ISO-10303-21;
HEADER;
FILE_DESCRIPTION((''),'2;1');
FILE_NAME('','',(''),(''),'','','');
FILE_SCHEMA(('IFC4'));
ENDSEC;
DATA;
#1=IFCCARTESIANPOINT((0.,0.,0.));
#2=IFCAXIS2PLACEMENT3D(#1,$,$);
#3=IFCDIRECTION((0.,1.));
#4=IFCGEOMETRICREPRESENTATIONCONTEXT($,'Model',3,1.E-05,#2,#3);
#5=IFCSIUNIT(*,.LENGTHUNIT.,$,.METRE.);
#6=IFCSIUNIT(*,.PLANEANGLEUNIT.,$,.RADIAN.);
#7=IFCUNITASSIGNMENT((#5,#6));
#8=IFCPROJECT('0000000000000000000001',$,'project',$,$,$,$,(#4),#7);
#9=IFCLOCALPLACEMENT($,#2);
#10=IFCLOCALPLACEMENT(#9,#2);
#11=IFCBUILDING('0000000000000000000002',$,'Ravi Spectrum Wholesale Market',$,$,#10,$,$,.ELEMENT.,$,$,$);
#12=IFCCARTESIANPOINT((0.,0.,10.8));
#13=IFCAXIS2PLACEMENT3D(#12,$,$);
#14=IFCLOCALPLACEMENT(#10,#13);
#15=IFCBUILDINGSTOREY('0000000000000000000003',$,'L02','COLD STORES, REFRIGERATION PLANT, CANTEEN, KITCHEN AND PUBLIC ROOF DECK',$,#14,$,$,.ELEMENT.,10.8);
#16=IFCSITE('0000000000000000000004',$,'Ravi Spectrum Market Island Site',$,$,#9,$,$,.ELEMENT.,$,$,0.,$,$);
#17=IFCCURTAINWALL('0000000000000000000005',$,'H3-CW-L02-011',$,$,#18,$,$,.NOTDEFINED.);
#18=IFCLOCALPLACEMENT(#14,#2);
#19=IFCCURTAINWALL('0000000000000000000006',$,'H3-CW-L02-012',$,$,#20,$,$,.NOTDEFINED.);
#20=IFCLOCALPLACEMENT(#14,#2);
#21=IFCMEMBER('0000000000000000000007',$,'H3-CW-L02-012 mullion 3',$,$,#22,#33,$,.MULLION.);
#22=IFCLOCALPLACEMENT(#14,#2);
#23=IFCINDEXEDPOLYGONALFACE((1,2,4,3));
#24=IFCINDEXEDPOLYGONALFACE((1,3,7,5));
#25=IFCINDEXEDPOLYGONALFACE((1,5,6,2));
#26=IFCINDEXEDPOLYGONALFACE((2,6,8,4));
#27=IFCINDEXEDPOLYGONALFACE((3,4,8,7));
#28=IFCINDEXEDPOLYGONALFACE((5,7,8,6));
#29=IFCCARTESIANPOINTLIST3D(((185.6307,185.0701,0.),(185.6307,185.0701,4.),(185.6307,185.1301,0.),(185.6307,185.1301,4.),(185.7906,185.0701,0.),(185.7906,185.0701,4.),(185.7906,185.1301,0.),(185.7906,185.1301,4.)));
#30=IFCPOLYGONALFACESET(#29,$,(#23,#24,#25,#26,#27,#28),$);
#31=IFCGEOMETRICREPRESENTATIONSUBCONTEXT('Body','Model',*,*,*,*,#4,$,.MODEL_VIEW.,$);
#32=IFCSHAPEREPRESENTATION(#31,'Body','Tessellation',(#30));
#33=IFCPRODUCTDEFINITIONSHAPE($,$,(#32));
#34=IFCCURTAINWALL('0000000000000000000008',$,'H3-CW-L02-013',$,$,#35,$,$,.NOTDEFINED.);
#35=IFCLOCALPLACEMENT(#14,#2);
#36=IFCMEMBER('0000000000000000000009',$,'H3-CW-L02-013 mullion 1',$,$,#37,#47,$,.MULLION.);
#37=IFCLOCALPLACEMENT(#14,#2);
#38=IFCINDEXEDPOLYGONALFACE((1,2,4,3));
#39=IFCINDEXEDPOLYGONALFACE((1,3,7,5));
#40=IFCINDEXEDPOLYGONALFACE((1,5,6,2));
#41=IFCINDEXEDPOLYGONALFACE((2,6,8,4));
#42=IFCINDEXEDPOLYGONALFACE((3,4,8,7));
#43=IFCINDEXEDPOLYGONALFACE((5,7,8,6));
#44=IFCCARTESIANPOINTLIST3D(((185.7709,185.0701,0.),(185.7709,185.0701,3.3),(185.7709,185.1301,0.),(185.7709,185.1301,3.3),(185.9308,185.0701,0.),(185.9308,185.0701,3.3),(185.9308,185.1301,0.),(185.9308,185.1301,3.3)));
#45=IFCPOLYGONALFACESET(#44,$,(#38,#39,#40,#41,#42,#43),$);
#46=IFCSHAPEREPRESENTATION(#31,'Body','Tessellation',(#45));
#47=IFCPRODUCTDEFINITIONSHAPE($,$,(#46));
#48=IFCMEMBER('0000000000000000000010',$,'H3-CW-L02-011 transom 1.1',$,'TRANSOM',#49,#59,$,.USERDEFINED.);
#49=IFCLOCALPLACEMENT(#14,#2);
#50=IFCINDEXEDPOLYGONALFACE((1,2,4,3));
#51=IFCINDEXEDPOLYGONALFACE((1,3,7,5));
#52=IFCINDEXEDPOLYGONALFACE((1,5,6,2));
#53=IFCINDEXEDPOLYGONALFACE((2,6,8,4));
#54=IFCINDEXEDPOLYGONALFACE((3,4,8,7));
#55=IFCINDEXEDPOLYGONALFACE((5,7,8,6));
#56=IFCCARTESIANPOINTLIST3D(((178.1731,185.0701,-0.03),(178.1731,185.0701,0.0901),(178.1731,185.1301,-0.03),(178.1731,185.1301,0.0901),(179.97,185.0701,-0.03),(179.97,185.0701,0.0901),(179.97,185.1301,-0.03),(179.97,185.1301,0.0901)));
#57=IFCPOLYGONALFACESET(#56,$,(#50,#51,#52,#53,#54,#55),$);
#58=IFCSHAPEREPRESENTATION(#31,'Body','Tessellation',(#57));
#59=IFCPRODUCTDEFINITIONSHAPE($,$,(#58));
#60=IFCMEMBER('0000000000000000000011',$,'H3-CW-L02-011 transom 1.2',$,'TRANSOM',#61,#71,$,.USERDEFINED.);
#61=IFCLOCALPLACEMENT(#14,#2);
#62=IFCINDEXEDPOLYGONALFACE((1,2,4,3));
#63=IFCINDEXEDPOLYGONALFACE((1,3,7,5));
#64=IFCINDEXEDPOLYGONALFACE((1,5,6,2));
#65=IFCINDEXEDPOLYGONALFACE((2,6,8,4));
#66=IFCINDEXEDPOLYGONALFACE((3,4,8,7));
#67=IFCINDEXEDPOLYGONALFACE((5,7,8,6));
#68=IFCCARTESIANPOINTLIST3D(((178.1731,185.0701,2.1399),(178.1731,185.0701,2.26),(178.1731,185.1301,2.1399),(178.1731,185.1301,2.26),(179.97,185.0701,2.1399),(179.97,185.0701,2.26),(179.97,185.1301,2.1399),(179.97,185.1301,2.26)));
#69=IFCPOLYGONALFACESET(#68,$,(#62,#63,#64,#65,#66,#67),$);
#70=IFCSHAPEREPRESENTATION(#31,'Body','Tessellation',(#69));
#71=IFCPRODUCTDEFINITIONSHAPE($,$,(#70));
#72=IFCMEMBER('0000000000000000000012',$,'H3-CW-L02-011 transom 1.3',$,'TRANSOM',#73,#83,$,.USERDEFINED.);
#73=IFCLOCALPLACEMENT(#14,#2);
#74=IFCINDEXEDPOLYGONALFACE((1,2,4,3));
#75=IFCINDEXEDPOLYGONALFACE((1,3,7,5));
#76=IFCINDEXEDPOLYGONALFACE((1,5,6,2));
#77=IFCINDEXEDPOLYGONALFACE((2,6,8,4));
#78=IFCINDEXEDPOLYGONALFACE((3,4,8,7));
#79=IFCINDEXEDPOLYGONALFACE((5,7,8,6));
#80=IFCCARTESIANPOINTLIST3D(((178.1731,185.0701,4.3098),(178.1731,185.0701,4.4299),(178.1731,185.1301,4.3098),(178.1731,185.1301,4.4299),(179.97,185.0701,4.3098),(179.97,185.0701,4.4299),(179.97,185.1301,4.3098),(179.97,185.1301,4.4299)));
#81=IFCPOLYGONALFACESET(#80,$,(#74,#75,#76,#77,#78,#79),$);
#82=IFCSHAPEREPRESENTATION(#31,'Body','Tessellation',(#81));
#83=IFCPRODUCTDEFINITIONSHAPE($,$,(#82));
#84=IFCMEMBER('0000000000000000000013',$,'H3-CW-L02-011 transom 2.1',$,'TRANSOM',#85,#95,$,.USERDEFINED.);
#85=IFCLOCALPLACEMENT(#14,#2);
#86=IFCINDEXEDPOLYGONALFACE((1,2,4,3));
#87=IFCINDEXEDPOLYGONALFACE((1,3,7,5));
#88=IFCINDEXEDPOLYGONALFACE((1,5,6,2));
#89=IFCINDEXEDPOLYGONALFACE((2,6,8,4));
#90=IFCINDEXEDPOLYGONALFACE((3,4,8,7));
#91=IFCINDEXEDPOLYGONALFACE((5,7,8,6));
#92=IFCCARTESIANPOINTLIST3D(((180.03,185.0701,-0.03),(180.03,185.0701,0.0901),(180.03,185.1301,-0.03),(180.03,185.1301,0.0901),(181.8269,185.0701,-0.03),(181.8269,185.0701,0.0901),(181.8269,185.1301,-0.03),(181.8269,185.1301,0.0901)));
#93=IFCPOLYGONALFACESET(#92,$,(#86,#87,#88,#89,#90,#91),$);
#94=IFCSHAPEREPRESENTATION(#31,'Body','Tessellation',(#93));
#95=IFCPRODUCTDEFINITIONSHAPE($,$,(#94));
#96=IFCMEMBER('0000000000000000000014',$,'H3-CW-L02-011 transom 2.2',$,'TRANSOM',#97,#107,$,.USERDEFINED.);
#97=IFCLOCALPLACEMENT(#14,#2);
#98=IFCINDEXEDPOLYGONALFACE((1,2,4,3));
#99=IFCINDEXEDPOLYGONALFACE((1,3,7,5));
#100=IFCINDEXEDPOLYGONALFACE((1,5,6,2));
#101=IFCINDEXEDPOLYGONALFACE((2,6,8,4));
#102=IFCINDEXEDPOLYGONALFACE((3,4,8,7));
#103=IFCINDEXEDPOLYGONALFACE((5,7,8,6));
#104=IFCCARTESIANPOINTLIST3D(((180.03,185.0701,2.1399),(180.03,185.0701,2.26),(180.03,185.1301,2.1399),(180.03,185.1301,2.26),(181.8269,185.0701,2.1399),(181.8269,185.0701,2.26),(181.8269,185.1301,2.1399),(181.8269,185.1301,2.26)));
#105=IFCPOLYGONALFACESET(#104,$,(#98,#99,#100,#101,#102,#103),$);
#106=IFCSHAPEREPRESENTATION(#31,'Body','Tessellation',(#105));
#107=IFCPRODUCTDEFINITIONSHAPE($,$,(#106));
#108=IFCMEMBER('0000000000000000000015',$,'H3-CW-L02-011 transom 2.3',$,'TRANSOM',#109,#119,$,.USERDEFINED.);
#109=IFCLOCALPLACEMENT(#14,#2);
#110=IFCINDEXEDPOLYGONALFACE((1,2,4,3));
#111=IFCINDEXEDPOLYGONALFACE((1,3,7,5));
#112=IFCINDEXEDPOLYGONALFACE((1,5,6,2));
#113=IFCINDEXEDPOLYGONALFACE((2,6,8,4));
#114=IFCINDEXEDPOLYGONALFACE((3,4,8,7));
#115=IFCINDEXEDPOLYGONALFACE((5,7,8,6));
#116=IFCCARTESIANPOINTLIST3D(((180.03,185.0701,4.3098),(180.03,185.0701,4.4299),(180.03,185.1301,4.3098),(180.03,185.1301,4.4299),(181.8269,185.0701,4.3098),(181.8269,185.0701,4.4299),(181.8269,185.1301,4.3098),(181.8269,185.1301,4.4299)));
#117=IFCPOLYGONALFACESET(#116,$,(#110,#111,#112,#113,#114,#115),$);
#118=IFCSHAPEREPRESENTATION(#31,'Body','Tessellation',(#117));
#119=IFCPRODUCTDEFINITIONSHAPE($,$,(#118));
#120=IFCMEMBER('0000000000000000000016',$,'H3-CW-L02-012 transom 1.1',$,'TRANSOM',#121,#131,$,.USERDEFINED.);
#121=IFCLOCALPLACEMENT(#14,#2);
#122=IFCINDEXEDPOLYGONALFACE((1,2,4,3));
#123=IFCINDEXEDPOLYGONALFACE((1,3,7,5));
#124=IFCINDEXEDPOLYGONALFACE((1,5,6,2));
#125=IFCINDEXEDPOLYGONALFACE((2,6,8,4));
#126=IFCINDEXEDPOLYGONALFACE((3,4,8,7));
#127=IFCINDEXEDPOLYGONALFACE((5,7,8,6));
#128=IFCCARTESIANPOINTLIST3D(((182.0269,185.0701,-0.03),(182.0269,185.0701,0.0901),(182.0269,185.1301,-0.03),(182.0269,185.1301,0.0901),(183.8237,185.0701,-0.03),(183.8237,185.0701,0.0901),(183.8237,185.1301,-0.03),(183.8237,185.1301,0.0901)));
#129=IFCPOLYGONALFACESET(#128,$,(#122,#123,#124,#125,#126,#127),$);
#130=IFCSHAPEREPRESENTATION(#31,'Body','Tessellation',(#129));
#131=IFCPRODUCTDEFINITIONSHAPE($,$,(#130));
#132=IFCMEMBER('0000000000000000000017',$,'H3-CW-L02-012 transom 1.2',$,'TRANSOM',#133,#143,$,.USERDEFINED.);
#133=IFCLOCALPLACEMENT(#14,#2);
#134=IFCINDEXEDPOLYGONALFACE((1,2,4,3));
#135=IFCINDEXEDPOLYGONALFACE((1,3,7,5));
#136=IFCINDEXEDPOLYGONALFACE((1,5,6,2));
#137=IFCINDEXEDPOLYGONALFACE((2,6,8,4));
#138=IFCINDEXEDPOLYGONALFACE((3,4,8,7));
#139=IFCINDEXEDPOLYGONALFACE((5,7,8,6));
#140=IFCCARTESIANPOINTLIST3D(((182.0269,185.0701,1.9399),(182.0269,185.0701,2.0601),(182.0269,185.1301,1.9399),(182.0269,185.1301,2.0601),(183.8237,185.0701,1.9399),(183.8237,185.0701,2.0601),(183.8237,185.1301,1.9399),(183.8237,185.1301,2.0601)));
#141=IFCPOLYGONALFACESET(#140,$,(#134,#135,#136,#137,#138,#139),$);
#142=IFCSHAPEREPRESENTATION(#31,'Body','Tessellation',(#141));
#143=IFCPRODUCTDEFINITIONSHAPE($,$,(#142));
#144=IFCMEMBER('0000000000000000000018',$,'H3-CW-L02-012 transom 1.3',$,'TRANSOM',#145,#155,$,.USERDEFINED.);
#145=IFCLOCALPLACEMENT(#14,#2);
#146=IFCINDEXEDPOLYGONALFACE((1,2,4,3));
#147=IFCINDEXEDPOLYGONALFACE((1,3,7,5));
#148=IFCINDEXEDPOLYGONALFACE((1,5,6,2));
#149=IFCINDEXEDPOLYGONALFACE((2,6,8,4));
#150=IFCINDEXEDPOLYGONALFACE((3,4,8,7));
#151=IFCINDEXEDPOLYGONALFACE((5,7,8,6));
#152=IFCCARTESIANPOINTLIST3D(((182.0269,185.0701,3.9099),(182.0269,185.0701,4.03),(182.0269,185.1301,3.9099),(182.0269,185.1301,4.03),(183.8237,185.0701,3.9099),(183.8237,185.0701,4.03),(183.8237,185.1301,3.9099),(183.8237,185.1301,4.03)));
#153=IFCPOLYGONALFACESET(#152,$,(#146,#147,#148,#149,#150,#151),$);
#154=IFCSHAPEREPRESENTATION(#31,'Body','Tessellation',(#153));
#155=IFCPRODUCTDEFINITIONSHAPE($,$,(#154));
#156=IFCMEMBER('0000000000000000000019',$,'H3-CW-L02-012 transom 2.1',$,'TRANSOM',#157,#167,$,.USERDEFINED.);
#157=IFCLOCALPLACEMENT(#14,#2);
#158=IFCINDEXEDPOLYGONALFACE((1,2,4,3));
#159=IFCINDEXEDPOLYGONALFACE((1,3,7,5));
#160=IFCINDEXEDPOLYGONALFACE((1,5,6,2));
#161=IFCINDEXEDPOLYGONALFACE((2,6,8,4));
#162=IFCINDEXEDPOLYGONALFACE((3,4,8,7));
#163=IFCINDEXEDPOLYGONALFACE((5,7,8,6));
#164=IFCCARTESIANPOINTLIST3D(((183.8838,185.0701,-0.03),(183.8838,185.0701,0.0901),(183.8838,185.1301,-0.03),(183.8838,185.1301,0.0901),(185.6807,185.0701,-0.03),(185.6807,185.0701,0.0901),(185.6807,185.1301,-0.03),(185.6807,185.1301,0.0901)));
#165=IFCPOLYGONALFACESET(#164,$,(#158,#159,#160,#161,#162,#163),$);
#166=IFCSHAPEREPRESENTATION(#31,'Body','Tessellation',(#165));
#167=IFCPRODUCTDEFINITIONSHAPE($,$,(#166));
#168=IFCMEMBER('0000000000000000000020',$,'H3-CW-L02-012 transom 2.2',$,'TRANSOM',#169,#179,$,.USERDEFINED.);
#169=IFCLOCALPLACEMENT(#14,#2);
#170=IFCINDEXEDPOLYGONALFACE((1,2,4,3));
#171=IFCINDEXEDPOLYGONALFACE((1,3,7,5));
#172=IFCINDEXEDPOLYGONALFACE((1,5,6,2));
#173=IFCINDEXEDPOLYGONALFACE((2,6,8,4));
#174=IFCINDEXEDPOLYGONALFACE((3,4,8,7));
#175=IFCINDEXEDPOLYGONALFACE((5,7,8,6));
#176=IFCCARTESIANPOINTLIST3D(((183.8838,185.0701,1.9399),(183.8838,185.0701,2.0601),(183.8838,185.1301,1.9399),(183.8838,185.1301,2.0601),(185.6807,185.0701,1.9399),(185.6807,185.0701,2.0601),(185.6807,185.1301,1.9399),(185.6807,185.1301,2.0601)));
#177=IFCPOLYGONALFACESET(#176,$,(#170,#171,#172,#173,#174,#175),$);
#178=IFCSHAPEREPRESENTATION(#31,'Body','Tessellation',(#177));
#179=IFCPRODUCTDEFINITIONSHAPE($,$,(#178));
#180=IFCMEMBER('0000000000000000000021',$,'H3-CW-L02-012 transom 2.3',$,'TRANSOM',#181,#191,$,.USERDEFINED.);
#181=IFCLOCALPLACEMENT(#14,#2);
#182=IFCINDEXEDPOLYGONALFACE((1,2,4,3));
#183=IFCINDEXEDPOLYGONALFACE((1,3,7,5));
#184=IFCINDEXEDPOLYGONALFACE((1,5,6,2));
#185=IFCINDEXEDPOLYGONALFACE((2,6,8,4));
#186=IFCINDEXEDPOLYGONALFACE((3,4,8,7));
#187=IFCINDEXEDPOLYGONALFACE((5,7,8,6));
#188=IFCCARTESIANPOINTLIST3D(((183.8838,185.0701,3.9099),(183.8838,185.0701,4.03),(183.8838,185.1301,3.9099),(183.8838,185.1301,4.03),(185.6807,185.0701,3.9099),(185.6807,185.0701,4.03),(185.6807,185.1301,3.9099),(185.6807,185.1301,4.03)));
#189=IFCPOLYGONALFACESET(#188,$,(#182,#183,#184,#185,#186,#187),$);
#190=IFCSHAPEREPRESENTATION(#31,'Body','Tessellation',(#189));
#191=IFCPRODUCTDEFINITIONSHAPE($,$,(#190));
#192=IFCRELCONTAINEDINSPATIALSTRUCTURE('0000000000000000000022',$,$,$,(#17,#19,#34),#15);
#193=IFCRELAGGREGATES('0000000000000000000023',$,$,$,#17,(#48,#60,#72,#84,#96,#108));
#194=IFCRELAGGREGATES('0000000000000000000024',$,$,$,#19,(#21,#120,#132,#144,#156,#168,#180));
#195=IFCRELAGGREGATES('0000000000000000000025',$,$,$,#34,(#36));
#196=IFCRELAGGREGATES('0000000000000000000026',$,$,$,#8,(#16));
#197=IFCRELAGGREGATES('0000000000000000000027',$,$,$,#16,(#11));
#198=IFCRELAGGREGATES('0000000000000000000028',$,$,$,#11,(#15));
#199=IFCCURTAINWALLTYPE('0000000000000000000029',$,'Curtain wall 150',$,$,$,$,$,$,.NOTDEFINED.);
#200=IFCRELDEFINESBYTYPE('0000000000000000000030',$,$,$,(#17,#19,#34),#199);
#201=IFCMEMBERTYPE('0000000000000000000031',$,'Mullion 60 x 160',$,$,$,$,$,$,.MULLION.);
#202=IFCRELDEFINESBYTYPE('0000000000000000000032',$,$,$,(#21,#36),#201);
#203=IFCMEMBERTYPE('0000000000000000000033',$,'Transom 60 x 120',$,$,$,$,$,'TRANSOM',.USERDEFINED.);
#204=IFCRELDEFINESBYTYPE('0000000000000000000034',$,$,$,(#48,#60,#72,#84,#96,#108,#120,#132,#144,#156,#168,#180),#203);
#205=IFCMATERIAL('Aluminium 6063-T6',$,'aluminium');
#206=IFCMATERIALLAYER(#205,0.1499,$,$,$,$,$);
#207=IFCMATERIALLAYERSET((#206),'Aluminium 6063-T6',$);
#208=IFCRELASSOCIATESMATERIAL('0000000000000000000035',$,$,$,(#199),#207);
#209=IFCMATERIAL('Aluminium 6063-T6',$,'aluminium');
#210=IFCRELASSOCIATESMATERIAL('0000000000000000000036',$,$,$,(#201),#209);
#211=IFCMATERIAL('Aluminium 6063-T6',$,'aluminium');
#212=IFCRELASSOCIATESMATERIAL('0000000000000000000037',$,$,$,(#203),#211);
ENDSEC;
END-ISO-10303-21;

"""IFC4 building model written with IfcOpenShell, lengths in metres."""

from ifc_helpers import new_model, si_unit, direction, frame, origin, origin_2d, place, context, subcontext, project, spatial, rectangle, extrude, material, layer, layer_set, material_profile, profile_set, type_object, element, aggregate, save


model = new_model("IFC4")

# Units and contexts
model_context = context("Model", 3, precision=1e-05, world=origin(), true_north=direction((0.0, 1.0)))
body_context = subcontext(model_context, "Body", "Model", "MODEL_VIEW")
ifc_project = project(units=[si_unit("LENGTHUNIT", "METRE"), si_unit("PLANEANGLEUNIT", "RADIAN")], contexts=[model_context])

# Site, building, storey
site_placement = place(None, origin())
site = spatial("IfcSite", under=ifc_project, at=site_placement, Name="Ravi Spectrum Market Island Site", CompositionType="ELEMENT", RefElevation=0.0)
building_placement = place(site_placement, origin())
building = spatial("IfcBuilding", under=site, at=building_placement, Name="Ravi Spectrum Wholesale Market", CompositionType="ELEMENT")
storey_placement = place(building_placement, frame((0.0, 0.0, 10.8)))
storey = spatial("IfcBuildingStorey", under=building, at=storey_placement, Name="L02", Description="COLD STORES, REFRIGERATION PLANT, CANTEEN, KITCHEN AND PUBLIC ROOF DECK", CompositionType="ELEMENT", Elevation=10.8)

# Shared definitions
ifc_material_1 = material(Name="Aluminium 6063-T6", Category="aluminium")
ifc_layer_1 = layer(ifc_material_1, 0.1499)
ifc_layer_set_1 = layer_set([ifc_layer_1], Name="Aluminium 6063-T6")
curtain_wall_type = type_object("IfcCurtainWallType", Name="Curtain wall 150", PredefinedType="NOTDEFINED", material=ifc_layer_set_1)
ifc_material_2 = material(Name="Aluminium 6063-T6", Category="aluminium")
ifc_material_profile_1 = material_profile(ifc_material_2, rectangle(XDim=0.0601, YDim=0.1599, at=origin_2d()))
ifc_profile_set_1 = profile_set([ifc_material_profile_1], Name="Aluminium 6063-T6")
member_type_1 = type_object("IfcMemberType", Name="Mullion 60 x 160", PredefinedType="MULLION", material=ifc_profile_set_1)

# Curtain walls, member
curtain_wall_1_placement = place(storey_placement, origin())
curtain_wall_1 = element("IfcCurtainWall", 1, at=curtain_wall_1_placement, inside=storey, type_object=curtain_wall_type, Name="H3-CW-L02-011", PredefinedType="NOTDEFINED")
curtain_wall_2_placement = place(storey_placement, origin())
curtain_wall_2 = element("IfcCurtainWall", 2, at=curtain_wall_2_placement, inside=storey, type_object=curtain_wall_type, Name="H3-CW-L02-012", PredefinedType="NOTDEFINED")
member_1_placement = place(storey_placement, frame((185.7107, 185.1001, 0.0), z_axis=(0.0, 0.0, 1.0), x_axis=(0.0, 1.0, 0.0)))
member_1 = element("IfcMember", 3, at=member_1_placement, type_object=member_type_1, Name="H3-CW-L02-012 mullion 3", PredefinedType="MULLION", context=body_context, shape_type="SweptSolid", body=[
    extrude(rectangle(XDim=0.0601, YDim=0.1599, at=origin_2d()), origin(), (0.0, 0.0, 1.0), 4.0),
])

# Curtain wall, member
curtain_wall_3_placement = place(storey_placement, origin())
curtain_wall_3 = element("IfcCurtainWall", 4, at=curtain_wall_3_placement, inside=storey, type_object=curtain_wall_type, Name="H3-CW-L02-013", PredefinedType="NOTDEFINED")
member_2_placement = place(storey_placement, frame((185.8508, 185.1001, 0.0), z_axis=(0.0, 0.0, 1.0), x_axis=(0.0, 1.0, 0.0)))
member_2 = element("IfcMember", 5, at=member_2_placement, type_object=member_type_1, Name="H3-CW-L02-013 mullion 1", PredefinedType="MULLION", context=body_context, shape_type="SweptSolid", body=[
    extrude(rectangle(XDim=0.0601, YDim=0.1599, at=origin_2d()), origin(), (0.0, 0.0, 1.0), 3.3),
])

# Members
ifc_material_3 = material(Name="Aluminium 6063-T6", Category="aluminium")
ifc_material_profile_2 = material_profile(ifc_material_3, rectangle(XDim=0.0601, YDim=0.1201, at=origin_2d()))
ifc_profile_set_2 = profile_set([ifc_material_profile_2], Name="Aluminium 6063-T6")
member_type_2 = type_object("IfcMemberType", Name="Transom 60 x 120", ElementType="TRANSOM", PredefinedType="USERDEFINED", material=ifc_profile_set_2)
member_3_placement = place(storey_placement, frame((178.1731, 185.1001, 0.03), z_axis=(1.0, 0.0, 0.0), x_axis=(0.0, 1.0, 0.0)))
member_3 = element("IfcMember", 6, at=member_3_placement, type_object=member_type_2, Name="H3-CW-L02-011 transom 1.1", ObjectType="TRANSOM", PredefinedType="USERDEFINED", context=body_context, shape_type="SweptSolid", body=[
    extrude(rectangle(XDim=0.0601, YDim=0.1201, at=origin_2d()), origin(), (0.0, 0.0, 1.0), 1.7969),
])
member_4_placement = place(storey_placement, frame((178.1731, 185.1001, 2.2), z_axis=(1.0, 0.0, 0.0), x_axis=(0.0, 1.0, 0.0)))
member_4 = element("IfcMember", 7, at=member_4_placement, type_object=member_type_2, Name="H3-CW-L02-011 transom 1.2", ObjectType="TRANSOM", PredefinedType="USERDEFINED", context=body_context, shape_type="SweptSolid", body=[
    extrude(rectangle(XDim=0.0601, YDim=0.1201, at=origin_2d()), origin(), (0.0, 0.0, 1.0), 1.7969),
])
member_5_placement = place(storey_placement, frame((178.1731, 185.1001, 4.3699), z_axis=(1.0, 0.0, 0.0), x_axis=(0.0, 1.0, 0.0)))
member_5 = element("IfcMember", 8, at=member_5_placement, type_object=member_type_2, Name="H3-CW-L02-011 transom 1.3", ObjectType="TRANSOM", PredefinedType="USERDEFINED", context=body_context, shape_type="SweptSolid", body=[
    extrude(rectangle(XDim=0.0601, YDim=0.1201, at=origin_2d()), origin(), (0.0, 0.0, 1.0), 1.7969),
])
member_6_placement = place(storey_placement, frame((180.03, 185.1001, 0.03), z_axis=(1.0, 0.0, 0.0), x_axis=(0.0, 1.0, 0.0)))
member_6 = element("IfcMember", 9, at=member_6_placement, type_object=member_type_2, Name="H3-CW-L02-011 transom 2.1", ObjectType="TRANSOM", PredefinedType="USERDEFINED", context=body_context, shape_type="SweptSolid", body=[
    extrude(rectangle(XDim=0.0601, YDim=0.1201, at=origin_2d()), origin(), (0.0, 0.0, 1.0), 1.7969),
])
member_7_placement = place(storey_placement, frame((180.03, 185.1001, 2.2), z_axis=(1.0, 0.0, 0.0), x_axis=(0.0, 1.0, 0.0)))
member_7 = element("IfcMember", 10, at=member_7_placement, type_object=member_type_2, Name="H3-CW-L02-011 transom 2.2", ObjectType="TRANSOM", PredefinedType="USERDEFINED", context=body_context, shape_type="SweptSolid", body=[
    extrude(rectangle(XDim=0.0601, YDim=0.1201, at=origin_2d()), origin(), (0.0, 0.0, 1.0), 1.7969),
])
member_8_placement = place(storey_placement, frame((180.03, 185.1001, 4.3699), z_axis=(1.0, 0.0, 0.0), x_axis=(0.0, 1.0, 0.0)))
member_8 = element("IfcMember", 11, at=member_8_placement, type_object=member_type_2, Name="H3-CW-L02-011 transom 2.3", ObjectType="TRANSOM", PredefinedType="USERDEFINED", context=body_context, shape_type="SweptSolid", body=[
    extrude(rectangle(XDim=0.0601, YDim=0.1201, at=origin_2d()), origin(), (0.0, 0.0, 1.0), 1.7969),
])
member_9_placement = place(storey_placement, frame((182.0269, 185.1001, 0.03), z_axis=(1.0, 0.0, 0.0), x_axis=(0.0, 1.0, 0.0)))
member_9 = element("IfcMember", 12, at=member_9_placement, type_object=member_type_2, Name="H3-CW-L02-012 transom 1.1", ObjectType="TRANSOM", PredefinedType="USERDEFINED", context=body_context, shape_type="SweptSolid", body=[
    extrude(rectangle(XDim=0.0601, YDim=0.1201, at=origin_2d()), origin(), (0.0, 0.0, 1.0), 1.7969),
])
member_10_placement = place(storey_placement, frame((182.0269, 185.1001, 2.0), z_axis=(1.0, 0.0, 0.0), x_axis=(0.0, 1.0, 0.0)))
member_10 = element("IfcMember", 13, at=member_10_placement, type_object=member_type_2, Name="H3-CW-L02-012 transom 1.2", ObjectType="TRANSOM", PredefinedType="USERDEFINED", context=body_context, shape_type="SweptSolid", body=[
    extrude(rectangle(XDim=0.0601, YDim=0.1201, at=origin_2d()), origin(), (0.0, 0.0, 1.0), 1.7969),
])
member_11_placement = place(storey_placement, frame((182.0269, 185.1001, 3.97), z_axis=(1.0, 0.0, 0.0), x_axis=(0.0, 1.0, 0.0)))
member_11 = element("IfcMember", 14, at=member_11_placement, type_object=member_type_2, Name="H3-CW-L02-012 transom 1.3", ObjectType="TRANSOM", PredefinedType="USERDEFINED", context=body_context, shape_type="SweptSolid", body=[
    extrude(rectangle(XDim=0.0601, YDim=0.1201, at=origin_2d()), origin(), (0.0, 0.0, 1.0), 1.7969),
])
member_12_placement = place(storey_placement, frame((183.8838, 185.1001, 0.03), z_axis=(1.0, 0.0, 0.0), x_axis=(0.0, 1.0, 0.0)))
member_12 = element("IfcMember", 15, at=member_12_placement, type_object=member_type_2, Name="H3-CW-L02-012 transom 2.1", ObjectType="TRANSOM", PredefinedType="USERDEFINED", context=body_context, shape_type="SweptSolid", body=[
    extrude(rectangle(XDim=0.0601, YDim=0.1201, at=origin_2d()), origin(), (0.0, 0.0, 1.0), 1.7969),
])
member_13_placement = place(storey_placement, frame((183.8838, 185.1001, 2.0), z_axis=(1.0, 0.0, 0.0), x_axis=(0.0, 1.0, 0.0)))
member_13 = element("IfcMember", 16, at=member_13_placement, type_object=member_type_2, Name="H3-CW-L02-012 transom 2.2", ObjectType="TRANSOM", PredefinedType="USERDEFINED", context=body_context, shape_type="SweptSolid", body=[
    extrude(rectangle(XDim=0.0601, YDim=0.1201, at=origin_2d()), origin(), (0.0, 0.0, 1.0), 1.7969),
])
member_14_placement = place(storey_placement, frame((183.8838, 185.1001, 3.97), z_axis=(1.0, 0.0, 0.0), x_axis=(0.0, 1.0, 0.0)))
member_14 = element("IfcMember", 17, at=member_14_placement, type_object=member_type_2, Name="H3-CW-L02-012 transom 2.3", ObjectType="TRANSOM", PredefinedType="USERDEFINED", context=body_context, shape_type="SweptSolid", body=[
    extrude(rectangle(XDim=0.0601, YDim=0.1201, at=origin_2d()), origin(), (0.0, 0.0, 1.0), 1.7969),
])

aggregate(curtain_wall_1, [member_3, member_4, member_5, member_6, member_7, member_8])
aggregate(curtain_wall_2, [member_1, member_9, member_10, member_11, member_12, member_13, member_14])
aggregate(curtain_wall_3, [member_2])

save(model, "model.ifc")
